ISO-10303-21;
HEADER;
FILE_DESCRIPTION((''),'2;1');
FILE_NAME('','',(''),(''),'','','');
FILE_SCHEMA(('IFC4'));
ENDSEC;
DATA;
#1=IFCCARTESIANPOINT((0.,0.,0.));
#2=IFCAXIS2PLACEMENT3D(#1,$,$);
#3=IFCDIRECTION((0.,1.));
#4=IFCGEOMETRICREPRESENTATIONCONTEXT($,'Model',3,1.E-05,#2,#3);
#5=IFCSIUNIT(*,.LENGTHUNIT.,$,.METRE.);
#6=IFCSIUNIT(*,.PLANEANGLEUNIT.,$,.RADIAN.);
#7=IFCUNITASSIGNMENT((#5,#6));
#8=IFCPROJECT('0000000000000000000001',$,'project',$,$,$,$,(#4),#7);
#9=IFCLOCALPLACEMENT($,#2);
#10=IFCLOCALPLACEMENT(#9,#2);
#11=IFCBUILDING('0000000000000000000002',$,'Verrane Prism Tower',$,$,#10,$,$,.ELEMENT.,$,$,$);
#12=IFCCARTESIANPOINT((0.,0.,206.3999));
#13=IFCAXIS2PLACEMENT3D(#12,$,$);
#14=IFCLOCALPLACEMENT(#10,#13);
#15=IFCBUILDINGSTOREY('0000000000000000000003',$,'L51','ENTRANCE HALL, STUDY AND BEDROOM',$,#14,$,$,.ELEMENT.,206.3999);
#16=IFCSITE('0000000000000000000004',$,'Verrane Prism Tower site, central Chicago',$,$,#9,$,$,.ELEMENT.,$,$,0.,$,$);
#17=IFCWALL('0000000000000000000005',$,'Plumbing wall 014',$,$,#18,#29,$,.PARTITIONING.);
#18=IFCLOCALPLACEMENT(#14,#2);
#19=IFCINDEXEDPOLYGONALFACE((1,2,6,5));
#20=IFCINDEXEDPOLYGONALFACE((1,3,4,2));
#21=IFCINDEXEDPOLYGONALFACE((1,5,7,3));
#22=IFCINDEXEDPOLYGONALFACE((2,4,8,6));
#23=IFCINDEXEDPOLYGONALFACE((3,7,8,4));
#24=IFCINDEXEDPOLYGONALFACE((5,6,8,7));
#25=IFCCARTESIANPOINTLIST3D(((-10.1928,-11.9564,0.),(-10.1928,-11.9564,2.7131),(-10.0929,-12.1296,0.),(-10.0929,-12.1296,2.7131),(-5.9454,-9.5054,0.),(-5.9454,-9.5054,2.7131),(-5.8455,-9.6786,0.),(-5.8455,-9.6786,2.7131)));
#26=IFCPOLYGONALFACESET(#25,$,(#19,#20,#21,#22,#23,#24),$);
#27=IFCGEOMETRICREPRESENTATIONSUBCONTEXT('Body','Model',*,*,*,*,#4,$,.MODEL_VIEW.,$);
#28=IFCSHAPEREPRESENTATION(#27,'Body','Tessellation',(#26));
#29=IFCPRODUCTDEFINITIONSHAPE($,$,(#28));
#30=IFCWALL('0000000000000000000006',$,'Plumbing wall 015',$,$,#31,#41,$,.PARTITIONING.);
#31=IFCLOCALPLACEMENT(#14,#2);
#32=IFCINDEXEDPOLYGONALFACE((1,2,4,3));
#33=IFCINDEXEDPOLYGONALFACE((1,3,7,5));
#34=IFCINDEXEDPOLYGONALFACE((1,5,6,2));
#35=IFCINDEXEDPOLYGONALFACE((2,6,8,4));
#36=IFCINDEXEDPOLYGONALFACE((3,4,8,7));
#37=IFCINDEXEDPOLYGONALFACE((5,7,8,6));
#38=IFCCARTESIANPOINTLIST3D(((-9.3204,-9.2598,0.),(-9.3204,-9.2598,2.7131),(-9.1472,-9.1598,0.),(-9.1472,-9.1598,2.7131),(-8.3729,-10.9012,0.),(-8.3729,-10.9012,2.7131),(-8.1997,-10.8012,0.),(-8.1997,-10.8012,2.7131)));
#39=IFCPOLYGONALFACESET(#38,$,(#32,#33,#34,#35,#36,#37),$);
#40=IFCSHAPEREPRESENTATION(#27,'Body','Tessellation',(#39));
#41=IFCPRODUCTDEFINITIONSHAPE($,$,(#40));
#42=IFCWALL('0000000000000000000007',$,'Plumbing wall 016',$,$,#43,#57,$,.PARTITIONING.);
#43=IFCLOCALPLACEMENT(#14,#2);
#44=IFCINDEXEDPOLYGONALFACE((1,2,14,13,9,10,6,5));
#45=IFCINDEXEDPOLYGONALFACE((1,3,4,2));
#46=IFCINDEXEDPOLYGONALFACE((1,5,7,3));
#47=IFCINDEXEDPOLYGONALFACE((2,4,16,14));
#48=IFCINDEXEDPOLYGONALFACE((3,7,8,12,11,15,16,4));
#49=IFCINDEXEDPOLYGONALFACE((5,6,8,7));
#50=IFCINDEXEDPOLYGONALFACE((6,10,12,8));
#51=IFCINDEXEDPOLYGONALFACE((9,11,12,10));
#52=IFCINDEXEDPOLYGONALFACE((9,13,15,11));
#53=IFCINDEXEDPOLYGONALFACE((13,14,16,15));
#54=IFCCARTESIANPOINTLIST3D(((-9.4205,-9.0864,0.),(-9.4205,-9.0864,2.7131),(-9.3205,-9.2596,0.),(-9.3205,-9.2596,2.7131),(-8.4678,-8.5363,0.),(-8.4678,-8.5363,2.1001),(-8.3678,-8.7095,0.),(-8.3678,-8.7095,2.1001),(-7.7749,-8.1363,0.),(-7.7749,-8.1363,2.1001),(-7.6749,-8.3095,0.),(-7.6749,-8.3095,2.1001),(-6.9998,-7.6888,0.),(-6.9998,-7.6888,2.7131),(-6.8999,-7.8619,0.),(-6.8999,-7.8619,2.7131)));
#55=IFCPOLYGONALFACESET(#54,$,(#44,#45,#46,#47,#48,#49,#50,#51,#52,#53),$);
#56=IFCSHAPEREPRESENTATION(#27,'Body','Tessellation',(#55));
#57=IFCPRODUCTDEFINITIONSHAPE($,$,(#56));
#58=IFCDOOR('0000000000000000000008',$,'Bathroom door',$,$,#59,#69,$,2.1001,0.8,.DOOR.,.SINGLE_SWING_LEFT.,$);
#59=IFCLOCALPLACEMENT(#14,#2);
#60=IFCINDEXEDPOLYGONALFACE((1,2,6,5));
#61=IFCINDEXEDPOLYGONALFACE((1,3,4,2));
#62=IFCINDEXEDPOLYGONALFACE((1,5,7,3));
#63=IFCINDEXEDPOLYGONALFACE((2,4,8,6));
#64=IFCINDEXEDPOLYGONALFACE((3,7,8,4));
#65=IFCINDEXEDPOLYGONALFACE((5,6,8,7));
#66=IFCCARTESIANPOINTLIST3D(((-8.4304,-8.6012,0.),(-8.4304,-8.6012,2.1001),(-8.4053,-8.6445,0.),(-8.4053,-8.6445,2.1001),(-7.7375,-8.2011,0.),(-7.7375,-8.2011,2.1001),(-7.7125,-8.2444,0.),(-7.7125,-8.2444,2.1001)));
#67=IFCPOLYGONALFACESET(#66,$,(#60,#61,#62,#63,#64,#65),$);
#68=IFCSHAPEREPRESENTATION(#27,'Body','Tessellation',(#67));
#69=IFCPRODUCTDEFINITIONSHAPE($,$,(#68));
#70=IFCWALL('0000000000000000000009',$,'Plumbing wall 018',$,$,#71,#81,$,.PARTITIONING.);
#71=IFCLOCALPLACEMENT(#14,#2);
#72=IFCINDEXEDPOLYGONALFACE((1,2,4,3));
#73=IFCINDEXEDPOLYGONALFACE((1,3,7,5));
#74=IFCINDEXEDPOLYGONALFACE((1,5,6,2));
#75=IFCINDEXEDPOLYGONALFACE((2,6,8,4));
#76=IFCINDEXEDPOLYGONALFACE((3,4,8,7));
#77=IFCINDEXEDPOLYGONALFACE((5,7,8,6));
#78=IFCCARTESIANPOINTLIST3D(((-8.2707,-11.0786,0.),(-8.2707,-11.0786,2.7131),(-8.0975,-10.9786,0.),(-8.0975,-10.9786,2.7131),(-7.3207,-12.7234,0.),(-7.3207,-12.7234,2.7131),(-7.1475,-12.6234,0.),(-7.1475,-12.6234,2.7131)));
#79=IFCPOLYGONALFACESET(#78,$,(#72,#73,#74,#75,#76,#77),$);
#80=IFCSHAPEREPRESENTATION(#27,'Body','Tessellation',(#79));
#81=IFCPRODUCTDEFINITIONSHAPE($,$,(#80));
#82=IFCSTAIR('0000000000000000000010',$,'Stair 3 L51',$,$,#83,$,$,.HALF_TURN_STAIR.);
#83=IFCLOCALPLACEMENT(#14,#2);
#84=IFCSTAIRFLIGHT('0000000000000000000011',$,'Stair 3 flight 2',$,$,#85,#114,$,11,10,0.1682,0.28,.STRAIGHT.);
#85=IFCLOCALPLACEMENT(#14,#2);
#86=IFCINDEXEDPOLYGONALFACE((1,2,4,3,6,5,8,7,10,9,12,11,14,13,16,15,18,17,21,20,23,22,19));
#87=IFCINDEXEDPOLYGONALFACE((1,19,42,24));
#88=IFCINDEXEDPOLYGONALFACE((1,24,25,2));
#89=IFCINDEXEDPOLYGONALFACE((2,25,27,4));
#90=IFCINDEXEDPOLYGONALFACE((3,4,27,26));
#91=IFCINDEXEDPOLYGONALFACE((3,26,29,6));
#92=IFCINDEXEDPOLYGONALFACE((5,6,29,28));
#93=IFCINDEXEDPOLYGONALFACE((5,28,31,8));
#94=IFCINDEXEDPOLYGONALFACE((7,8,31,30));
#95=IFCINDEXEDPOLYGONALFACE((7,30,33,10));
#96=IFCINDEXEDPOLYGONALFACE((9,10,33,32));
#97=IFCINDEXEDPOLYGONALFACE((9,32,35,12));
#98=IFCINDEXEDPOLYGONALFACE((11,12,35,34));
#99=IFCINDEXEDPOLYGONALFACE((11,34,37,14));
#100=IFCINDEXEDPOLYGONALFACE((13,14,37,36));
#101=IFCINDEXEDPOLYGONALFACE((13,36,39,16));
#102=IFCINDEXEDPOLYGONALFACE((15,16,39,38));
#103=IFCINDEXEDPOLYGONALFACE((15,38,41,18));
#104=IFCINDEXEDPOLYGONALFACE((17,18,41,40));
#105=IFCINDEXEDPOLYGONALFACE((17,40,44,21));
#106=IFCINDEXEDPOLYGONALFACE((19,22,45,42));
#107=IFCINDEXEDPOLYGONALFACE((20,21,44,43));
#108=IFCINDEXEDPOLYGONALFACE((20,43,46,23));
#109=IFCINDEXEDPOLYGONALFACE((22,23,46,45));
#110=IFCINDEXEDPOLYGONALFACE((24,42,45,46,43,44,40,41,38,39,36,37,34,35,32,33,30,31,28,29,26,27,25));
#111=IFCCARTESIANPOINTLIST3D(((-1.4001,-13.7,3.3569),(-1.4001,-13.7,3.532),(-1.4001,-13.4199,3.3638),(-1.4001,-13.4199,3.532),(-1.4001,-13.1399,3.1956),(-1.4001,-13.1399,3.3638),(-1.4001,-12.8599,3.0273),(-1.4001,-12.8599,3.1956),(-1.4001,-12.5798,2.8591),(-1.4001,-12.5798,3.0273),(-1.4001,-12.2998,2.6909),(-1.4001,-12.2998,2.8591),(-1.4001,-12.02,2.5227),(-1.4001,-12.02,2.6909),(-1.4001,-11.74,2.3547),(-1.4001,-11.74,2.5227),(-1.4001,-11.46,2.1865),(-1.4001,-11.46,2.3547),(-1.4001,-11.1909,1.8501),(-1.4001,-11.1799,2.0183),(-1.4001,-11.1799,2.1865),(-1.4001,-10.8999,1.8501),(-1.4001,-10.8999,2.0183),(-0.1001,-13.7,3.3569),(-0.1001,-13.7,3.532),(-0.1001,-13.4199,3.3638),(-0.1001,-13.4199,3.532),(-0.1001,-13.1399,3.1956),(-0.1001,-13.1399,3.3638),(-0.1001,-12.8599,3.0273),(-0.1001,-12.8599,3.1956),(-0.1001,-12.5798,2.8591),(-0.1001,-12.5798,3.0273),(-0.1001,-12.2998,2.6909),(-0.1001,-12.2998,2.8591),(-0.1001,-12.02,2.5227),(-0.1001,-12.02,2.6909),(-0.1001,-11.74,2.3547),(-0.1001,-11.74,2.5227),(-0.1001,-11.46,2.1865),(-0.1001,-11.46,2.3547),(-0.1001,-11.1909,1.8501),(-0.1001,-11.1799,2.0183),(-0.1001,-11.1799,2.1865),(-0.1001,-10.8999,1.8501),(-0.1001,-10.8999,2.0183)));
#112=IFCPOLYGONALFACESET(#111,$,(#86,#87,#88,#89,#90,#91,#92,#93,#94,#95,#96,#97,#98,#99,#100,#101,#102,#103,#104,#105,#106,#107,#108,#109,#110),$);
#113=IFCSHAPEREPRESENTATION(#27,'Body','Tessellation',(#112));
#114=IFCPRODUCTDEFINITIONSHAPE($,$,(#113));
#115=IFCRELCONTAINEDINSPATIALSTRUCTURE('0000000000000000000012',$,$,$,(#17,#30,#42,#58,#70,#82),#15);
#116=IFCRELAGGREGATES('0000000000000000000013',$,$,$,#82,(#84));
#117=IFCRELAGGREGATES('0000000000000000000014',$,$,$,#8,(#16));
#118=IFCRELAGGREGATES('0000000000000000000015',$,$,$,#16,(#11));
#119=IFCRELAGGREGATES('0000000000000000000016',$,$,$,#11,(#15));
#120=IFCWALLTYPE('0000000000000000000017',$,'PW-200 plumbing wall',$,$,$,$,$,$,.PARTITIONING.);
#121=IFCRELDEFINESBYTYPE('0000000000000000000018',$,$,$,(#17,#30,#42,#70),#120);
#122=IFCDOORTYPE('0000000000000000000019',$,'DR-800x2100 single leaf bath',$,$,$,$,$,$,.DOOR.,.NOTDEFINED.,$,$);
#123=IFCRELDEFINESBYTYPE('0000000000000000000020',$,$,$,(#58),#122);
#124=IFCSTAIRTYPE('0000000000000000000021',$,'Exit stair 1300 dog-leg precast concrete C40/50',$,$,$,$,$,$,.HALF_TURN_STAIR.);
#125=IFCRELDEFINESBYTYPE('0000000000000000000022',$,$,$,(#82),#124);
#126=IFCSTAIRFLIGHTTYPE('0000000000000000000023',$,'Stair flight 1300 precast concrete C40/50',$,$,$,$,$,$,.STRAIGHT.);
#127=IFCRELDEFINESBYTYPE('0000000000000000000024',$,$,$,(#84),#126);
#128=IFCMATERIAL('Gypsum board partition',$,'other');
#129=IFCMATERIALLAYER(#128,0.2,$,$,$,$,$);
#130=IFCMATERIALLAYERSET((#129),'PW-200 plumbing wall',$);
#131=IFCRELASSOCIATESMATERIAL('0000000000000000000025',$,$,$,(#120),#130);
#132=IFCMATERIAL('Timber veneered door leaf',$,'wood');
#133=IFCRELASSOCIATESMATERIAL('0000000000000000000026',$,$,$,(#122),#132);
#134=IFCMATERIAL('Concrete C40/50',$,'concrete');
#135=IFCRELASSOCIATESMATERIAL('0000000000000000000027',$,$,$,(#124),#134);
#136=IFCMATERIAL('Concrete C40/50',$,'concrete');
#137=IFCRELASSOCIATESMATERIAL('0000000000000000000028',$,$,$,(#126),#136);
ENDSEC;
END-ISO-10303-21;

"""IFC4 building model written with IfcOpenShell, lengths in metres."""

from ifc_helpers import new_model, si_unit, direction, frame, frame_2d, origin, place, context, subcontext, project, spatial, polyline, rectangle, outline, extrude, material, layer, layer_set, type_object, element, fill, aggregate, save


model = new_model("IFC4")

# Units and contexts
model_context = context("Model", 3, precision=1e-05, world=origin(), true_north=direction((0.0, 1.0)))
body_context = subcontext(model_context, "Body", "Model", "MODEL_VIEW")
ifc_project = project(units=[si_unit("LENGTHUNIT", "METRE"), si_unit("PLANEANGLEUNIT", "RADIAN")], contexts=[model_context])

# Site, building, storey
site_placement = place(None, origin())
site = spatial("IfcSite", under=ifc_project, at=site_placement, Name="Verrane Prism Tower site, central Chicago", CompositionType="ELEMENT", RefElevation=0.0)
building_placement = place(site_placement, origin())
building = spatial("IfcBuilding", under=site, at=building_placement, Name="Verrane Prism Tower", CompositionType="ELEMENT")
storey_placement = place(building_placement, frame((0.0, 0.0, 206.3999)))
storey = spatial("IfcBuildingStorey", under=building, at=storey_placement, Name="L51", Description="ENTRANCE HALL, STUDY AND BEDROOM", CompositionType="ELEMENT", Elevation=206.3999)

# Shared definitions
ifc_material_1 = material(Name="Gypsum board partition", Category="other")
ifc_layer_1 = layer(ifc_material_1, 0.2)
ifc_layer_set_1 = layer_set([ifc_layer_1], Name="PW-200 plumbing wall")
wall_type_1 = type_object("IfcWallType", Name="PW-200 plumbing wall", PredefinedType="PARTITIONING", material=ifc_layer_set_1)

# Walls
wall_1_placement = place(storey_placement, frame((-10.1428, -12.043, 0.0), z_axis=(0.0, 0.0, 1.0), x_axis=(0.866137, 0.499807, 0.0)))
element("IfcWall", 1, at=wall_1_placement, inside=storey, type_object=wall_type_1, Name="Plumbing wall 014", PredefinedType="PARTITIONING", context=body_context, shape_type="SweptSolid", body=[
    extrude(rectangle(XDim=4.9038, YDim=0.2, at=frame_2d((2.4519, 0.0))), origin(), (0.0, 0.0, 1.0), 2.7131),
])
wall_2_placement = place(storey_placement, frame((-9.2339, -9.2097, 0.0), z_axis=(0.0, 0.0, 1.0), x_axis=(0.499949, -0.866055, 0.0)))
element("IfcWall", 2, at=wall_2_placement, inside=storey, type_object=wall_type_1, Name="Plumbing wall 015", PredefinedType="PARTITIONING", context=body_context, shape_type="SweptSolid", body=[
    extrude(rectangle(XDim=1.8953, YDim=0.2, at=frame_2d((0.9478, 0.0))), origin(), (0.0, 0.0, 1.0), 2.7131),
])

# Wall, opening, door
wall_3_placement = place(storey_placement, frame((-6.95, -7.7754, 0.0), z_axis=(0.0, 0.0, 1.0), x_axis=(-0.866004, -0.500037, 0.0)))
wall_3 = element("IfcWall", 3, at=wall_3_placement, inside=storey, type_object=wall_type_1, Name="Plumbing wall 016", PredefinedType="PARTITIONING", context=body_context, shape_type="SweptSolid", body=[
    extrude(rectangle(XDim=2.7952, YDim=0.2, at=frame_2d((1.3975, 0.0))), origin(), (0.0, 0.0, 1.0), 2.7131),
])
opening_1_placement = place(wall_3_placement, frame((0.895, 0.0, 0.0)))
opening_1 = element("IfcOpeningElement", 4, at=opening_1_placement, cuts=wall_3, PredefinedType="OPENING", context=body_context, shape_type="SweptSolid", body=[
    extrude(rectangle(XDim=0.8, YDim=2.1001, at=frame_2d((0.3999, 1.05))), frame((0.0, 0.1099, 0.0), z_axis=(0.0, -1.0, 0.0), x_axis=(1.0, 0.0, 0.0)), (0.0, 0.0, 1.0), 0.22),
])
ifc_material_2 = material(Name="Timber veneered door leaf", Category="wood")
door_type_1 = type_object("IfcDoorType", Name="DR-800x2100 single leaf bath", OperationType="NOTDEFINED", PredefinedType="DOOR", material=ifc_material_2)
door_1_placement = place(opening_1_placement, origin())
door_1 = element("IfcDoor", 5, at=door_1_placement, inside=storey, type_object=door_type_1, Name="Bathroom door", OperationType="SINGLE_SWING_LEFT", OverallHeight=2.1001, OverallWidth=0.8, PredefinedType="DOOR", context=body_context, shape_type="SweptSolid", body=[
    extrude(rectangle(XDim=0.8, YDim=2.1001, at=frame_2d((0.3999, 1.05))), frame((0.0, 0.0249, 0.0), z_axis=(0.0, -1.0, 0.0), x_axis=(1.0, 0.0, 0.0)), (0.0, 0.0, 1.0), 0.05),
])
fill(opening_1, door_1)

# Wall
wall_4_placement = place(storey_placement, frame((-8.1841, -11.0286, 0.0), z_axis=(0.0, 0.0, 1.0), x_axis=(0.500134, -0.865948, 0.0)))
element("IfcWall", 6, at=wall_4_placement, inside=storey, type_object=wall_type_1, Name="Plumbing wall 018", PredefinedType="PARTITIONING", context=body_context, shape_type="SweptSolid", body=[
    extrude(rectangle(XDim=1.8994, YDim=0.2, at=frame_2d((0.9497, 0.0))), origin(), (0.0, 0.0, 1.0), 2.7131),
])

# Stair, stair flight
ifc_material_3 = material(Name="Concrete C40/50", Category="concrete")
stair_type = type_object("IfcStairType", Name="Exit stair 1300 dog-leg precast concrete C40/50", PredefinedType="HALF_TURN_STAIR", material=ifc_material_3)
stair_placement = place(storey_placement, origin())
stair = element("IfcStair", 7, at=stair_placement, inside=storey, type_object=stair_type, Name="Stair 3 L51", PredefinedType="HALF_TURN_STAIR")
ifc_material_4 = material(Name="Concrete C40/50", Category="concrete")
stair_flight_type = type_object("IfcStairFlightType", Name="Stair flight 1300 precast concrete C40/50", PredefinedType="STRAIGHT", material=ifc_material_4)
stair_flight_placement = place(storey_placement, frame((-0.75, -10.8999, 1.8501), z_axis=(0.0, 0.0, 1.0), x_axis=(0.0, -1.0, 0.0)))
stair_flight = element("IfcStairFlight", 8, at=stair_flight_placement, type_object=stair_flight_type, Name="Stair 3 flight 2", NumberOfRisers=11, NumberOfTreads=10, PredefinedType="STRAIGHT", RiserHeight=0.1682, TreadLength=0.28, context=body_context, shape_type="SweptSolid", body=[
    extrude(outline(polyline([(0.0, 0.0), (0.0, 0.1682), (0.28, 0.1682), (0.28, 0.3364), (0.5601, 0.3364), (0.5601, 0.5046), (0.8401, 0.5046), (0.8401, 0.6726), (1.1201, 0.6726), (1.1201, 0.8408), (1.3999, 0.8408), (1.3999, 1.009), (1.6799, 1.009), (1.6799, 1.1772), (1.96, 1.1772), (1.96, 1.3455), (2.24, 1.3455), (2.24, 1.5137), (2.52, 1.5137), (2.52, 1.6819), (2.8, 1.6819), (2.8, 1.8501), (2.8, 1.5068), (0.291, 0.0), (0.0, 0.0)])), frame((0.0, 0.6499, 0.0), z_axis=(0.0, -1.0, 0.0), x_axis=(1.0, 0.0, 0.0)), (0.0, 0.0, 1.0), 1.3),
])
aggregate(stair, [stair_flight])

save(model, "model.ifc")
